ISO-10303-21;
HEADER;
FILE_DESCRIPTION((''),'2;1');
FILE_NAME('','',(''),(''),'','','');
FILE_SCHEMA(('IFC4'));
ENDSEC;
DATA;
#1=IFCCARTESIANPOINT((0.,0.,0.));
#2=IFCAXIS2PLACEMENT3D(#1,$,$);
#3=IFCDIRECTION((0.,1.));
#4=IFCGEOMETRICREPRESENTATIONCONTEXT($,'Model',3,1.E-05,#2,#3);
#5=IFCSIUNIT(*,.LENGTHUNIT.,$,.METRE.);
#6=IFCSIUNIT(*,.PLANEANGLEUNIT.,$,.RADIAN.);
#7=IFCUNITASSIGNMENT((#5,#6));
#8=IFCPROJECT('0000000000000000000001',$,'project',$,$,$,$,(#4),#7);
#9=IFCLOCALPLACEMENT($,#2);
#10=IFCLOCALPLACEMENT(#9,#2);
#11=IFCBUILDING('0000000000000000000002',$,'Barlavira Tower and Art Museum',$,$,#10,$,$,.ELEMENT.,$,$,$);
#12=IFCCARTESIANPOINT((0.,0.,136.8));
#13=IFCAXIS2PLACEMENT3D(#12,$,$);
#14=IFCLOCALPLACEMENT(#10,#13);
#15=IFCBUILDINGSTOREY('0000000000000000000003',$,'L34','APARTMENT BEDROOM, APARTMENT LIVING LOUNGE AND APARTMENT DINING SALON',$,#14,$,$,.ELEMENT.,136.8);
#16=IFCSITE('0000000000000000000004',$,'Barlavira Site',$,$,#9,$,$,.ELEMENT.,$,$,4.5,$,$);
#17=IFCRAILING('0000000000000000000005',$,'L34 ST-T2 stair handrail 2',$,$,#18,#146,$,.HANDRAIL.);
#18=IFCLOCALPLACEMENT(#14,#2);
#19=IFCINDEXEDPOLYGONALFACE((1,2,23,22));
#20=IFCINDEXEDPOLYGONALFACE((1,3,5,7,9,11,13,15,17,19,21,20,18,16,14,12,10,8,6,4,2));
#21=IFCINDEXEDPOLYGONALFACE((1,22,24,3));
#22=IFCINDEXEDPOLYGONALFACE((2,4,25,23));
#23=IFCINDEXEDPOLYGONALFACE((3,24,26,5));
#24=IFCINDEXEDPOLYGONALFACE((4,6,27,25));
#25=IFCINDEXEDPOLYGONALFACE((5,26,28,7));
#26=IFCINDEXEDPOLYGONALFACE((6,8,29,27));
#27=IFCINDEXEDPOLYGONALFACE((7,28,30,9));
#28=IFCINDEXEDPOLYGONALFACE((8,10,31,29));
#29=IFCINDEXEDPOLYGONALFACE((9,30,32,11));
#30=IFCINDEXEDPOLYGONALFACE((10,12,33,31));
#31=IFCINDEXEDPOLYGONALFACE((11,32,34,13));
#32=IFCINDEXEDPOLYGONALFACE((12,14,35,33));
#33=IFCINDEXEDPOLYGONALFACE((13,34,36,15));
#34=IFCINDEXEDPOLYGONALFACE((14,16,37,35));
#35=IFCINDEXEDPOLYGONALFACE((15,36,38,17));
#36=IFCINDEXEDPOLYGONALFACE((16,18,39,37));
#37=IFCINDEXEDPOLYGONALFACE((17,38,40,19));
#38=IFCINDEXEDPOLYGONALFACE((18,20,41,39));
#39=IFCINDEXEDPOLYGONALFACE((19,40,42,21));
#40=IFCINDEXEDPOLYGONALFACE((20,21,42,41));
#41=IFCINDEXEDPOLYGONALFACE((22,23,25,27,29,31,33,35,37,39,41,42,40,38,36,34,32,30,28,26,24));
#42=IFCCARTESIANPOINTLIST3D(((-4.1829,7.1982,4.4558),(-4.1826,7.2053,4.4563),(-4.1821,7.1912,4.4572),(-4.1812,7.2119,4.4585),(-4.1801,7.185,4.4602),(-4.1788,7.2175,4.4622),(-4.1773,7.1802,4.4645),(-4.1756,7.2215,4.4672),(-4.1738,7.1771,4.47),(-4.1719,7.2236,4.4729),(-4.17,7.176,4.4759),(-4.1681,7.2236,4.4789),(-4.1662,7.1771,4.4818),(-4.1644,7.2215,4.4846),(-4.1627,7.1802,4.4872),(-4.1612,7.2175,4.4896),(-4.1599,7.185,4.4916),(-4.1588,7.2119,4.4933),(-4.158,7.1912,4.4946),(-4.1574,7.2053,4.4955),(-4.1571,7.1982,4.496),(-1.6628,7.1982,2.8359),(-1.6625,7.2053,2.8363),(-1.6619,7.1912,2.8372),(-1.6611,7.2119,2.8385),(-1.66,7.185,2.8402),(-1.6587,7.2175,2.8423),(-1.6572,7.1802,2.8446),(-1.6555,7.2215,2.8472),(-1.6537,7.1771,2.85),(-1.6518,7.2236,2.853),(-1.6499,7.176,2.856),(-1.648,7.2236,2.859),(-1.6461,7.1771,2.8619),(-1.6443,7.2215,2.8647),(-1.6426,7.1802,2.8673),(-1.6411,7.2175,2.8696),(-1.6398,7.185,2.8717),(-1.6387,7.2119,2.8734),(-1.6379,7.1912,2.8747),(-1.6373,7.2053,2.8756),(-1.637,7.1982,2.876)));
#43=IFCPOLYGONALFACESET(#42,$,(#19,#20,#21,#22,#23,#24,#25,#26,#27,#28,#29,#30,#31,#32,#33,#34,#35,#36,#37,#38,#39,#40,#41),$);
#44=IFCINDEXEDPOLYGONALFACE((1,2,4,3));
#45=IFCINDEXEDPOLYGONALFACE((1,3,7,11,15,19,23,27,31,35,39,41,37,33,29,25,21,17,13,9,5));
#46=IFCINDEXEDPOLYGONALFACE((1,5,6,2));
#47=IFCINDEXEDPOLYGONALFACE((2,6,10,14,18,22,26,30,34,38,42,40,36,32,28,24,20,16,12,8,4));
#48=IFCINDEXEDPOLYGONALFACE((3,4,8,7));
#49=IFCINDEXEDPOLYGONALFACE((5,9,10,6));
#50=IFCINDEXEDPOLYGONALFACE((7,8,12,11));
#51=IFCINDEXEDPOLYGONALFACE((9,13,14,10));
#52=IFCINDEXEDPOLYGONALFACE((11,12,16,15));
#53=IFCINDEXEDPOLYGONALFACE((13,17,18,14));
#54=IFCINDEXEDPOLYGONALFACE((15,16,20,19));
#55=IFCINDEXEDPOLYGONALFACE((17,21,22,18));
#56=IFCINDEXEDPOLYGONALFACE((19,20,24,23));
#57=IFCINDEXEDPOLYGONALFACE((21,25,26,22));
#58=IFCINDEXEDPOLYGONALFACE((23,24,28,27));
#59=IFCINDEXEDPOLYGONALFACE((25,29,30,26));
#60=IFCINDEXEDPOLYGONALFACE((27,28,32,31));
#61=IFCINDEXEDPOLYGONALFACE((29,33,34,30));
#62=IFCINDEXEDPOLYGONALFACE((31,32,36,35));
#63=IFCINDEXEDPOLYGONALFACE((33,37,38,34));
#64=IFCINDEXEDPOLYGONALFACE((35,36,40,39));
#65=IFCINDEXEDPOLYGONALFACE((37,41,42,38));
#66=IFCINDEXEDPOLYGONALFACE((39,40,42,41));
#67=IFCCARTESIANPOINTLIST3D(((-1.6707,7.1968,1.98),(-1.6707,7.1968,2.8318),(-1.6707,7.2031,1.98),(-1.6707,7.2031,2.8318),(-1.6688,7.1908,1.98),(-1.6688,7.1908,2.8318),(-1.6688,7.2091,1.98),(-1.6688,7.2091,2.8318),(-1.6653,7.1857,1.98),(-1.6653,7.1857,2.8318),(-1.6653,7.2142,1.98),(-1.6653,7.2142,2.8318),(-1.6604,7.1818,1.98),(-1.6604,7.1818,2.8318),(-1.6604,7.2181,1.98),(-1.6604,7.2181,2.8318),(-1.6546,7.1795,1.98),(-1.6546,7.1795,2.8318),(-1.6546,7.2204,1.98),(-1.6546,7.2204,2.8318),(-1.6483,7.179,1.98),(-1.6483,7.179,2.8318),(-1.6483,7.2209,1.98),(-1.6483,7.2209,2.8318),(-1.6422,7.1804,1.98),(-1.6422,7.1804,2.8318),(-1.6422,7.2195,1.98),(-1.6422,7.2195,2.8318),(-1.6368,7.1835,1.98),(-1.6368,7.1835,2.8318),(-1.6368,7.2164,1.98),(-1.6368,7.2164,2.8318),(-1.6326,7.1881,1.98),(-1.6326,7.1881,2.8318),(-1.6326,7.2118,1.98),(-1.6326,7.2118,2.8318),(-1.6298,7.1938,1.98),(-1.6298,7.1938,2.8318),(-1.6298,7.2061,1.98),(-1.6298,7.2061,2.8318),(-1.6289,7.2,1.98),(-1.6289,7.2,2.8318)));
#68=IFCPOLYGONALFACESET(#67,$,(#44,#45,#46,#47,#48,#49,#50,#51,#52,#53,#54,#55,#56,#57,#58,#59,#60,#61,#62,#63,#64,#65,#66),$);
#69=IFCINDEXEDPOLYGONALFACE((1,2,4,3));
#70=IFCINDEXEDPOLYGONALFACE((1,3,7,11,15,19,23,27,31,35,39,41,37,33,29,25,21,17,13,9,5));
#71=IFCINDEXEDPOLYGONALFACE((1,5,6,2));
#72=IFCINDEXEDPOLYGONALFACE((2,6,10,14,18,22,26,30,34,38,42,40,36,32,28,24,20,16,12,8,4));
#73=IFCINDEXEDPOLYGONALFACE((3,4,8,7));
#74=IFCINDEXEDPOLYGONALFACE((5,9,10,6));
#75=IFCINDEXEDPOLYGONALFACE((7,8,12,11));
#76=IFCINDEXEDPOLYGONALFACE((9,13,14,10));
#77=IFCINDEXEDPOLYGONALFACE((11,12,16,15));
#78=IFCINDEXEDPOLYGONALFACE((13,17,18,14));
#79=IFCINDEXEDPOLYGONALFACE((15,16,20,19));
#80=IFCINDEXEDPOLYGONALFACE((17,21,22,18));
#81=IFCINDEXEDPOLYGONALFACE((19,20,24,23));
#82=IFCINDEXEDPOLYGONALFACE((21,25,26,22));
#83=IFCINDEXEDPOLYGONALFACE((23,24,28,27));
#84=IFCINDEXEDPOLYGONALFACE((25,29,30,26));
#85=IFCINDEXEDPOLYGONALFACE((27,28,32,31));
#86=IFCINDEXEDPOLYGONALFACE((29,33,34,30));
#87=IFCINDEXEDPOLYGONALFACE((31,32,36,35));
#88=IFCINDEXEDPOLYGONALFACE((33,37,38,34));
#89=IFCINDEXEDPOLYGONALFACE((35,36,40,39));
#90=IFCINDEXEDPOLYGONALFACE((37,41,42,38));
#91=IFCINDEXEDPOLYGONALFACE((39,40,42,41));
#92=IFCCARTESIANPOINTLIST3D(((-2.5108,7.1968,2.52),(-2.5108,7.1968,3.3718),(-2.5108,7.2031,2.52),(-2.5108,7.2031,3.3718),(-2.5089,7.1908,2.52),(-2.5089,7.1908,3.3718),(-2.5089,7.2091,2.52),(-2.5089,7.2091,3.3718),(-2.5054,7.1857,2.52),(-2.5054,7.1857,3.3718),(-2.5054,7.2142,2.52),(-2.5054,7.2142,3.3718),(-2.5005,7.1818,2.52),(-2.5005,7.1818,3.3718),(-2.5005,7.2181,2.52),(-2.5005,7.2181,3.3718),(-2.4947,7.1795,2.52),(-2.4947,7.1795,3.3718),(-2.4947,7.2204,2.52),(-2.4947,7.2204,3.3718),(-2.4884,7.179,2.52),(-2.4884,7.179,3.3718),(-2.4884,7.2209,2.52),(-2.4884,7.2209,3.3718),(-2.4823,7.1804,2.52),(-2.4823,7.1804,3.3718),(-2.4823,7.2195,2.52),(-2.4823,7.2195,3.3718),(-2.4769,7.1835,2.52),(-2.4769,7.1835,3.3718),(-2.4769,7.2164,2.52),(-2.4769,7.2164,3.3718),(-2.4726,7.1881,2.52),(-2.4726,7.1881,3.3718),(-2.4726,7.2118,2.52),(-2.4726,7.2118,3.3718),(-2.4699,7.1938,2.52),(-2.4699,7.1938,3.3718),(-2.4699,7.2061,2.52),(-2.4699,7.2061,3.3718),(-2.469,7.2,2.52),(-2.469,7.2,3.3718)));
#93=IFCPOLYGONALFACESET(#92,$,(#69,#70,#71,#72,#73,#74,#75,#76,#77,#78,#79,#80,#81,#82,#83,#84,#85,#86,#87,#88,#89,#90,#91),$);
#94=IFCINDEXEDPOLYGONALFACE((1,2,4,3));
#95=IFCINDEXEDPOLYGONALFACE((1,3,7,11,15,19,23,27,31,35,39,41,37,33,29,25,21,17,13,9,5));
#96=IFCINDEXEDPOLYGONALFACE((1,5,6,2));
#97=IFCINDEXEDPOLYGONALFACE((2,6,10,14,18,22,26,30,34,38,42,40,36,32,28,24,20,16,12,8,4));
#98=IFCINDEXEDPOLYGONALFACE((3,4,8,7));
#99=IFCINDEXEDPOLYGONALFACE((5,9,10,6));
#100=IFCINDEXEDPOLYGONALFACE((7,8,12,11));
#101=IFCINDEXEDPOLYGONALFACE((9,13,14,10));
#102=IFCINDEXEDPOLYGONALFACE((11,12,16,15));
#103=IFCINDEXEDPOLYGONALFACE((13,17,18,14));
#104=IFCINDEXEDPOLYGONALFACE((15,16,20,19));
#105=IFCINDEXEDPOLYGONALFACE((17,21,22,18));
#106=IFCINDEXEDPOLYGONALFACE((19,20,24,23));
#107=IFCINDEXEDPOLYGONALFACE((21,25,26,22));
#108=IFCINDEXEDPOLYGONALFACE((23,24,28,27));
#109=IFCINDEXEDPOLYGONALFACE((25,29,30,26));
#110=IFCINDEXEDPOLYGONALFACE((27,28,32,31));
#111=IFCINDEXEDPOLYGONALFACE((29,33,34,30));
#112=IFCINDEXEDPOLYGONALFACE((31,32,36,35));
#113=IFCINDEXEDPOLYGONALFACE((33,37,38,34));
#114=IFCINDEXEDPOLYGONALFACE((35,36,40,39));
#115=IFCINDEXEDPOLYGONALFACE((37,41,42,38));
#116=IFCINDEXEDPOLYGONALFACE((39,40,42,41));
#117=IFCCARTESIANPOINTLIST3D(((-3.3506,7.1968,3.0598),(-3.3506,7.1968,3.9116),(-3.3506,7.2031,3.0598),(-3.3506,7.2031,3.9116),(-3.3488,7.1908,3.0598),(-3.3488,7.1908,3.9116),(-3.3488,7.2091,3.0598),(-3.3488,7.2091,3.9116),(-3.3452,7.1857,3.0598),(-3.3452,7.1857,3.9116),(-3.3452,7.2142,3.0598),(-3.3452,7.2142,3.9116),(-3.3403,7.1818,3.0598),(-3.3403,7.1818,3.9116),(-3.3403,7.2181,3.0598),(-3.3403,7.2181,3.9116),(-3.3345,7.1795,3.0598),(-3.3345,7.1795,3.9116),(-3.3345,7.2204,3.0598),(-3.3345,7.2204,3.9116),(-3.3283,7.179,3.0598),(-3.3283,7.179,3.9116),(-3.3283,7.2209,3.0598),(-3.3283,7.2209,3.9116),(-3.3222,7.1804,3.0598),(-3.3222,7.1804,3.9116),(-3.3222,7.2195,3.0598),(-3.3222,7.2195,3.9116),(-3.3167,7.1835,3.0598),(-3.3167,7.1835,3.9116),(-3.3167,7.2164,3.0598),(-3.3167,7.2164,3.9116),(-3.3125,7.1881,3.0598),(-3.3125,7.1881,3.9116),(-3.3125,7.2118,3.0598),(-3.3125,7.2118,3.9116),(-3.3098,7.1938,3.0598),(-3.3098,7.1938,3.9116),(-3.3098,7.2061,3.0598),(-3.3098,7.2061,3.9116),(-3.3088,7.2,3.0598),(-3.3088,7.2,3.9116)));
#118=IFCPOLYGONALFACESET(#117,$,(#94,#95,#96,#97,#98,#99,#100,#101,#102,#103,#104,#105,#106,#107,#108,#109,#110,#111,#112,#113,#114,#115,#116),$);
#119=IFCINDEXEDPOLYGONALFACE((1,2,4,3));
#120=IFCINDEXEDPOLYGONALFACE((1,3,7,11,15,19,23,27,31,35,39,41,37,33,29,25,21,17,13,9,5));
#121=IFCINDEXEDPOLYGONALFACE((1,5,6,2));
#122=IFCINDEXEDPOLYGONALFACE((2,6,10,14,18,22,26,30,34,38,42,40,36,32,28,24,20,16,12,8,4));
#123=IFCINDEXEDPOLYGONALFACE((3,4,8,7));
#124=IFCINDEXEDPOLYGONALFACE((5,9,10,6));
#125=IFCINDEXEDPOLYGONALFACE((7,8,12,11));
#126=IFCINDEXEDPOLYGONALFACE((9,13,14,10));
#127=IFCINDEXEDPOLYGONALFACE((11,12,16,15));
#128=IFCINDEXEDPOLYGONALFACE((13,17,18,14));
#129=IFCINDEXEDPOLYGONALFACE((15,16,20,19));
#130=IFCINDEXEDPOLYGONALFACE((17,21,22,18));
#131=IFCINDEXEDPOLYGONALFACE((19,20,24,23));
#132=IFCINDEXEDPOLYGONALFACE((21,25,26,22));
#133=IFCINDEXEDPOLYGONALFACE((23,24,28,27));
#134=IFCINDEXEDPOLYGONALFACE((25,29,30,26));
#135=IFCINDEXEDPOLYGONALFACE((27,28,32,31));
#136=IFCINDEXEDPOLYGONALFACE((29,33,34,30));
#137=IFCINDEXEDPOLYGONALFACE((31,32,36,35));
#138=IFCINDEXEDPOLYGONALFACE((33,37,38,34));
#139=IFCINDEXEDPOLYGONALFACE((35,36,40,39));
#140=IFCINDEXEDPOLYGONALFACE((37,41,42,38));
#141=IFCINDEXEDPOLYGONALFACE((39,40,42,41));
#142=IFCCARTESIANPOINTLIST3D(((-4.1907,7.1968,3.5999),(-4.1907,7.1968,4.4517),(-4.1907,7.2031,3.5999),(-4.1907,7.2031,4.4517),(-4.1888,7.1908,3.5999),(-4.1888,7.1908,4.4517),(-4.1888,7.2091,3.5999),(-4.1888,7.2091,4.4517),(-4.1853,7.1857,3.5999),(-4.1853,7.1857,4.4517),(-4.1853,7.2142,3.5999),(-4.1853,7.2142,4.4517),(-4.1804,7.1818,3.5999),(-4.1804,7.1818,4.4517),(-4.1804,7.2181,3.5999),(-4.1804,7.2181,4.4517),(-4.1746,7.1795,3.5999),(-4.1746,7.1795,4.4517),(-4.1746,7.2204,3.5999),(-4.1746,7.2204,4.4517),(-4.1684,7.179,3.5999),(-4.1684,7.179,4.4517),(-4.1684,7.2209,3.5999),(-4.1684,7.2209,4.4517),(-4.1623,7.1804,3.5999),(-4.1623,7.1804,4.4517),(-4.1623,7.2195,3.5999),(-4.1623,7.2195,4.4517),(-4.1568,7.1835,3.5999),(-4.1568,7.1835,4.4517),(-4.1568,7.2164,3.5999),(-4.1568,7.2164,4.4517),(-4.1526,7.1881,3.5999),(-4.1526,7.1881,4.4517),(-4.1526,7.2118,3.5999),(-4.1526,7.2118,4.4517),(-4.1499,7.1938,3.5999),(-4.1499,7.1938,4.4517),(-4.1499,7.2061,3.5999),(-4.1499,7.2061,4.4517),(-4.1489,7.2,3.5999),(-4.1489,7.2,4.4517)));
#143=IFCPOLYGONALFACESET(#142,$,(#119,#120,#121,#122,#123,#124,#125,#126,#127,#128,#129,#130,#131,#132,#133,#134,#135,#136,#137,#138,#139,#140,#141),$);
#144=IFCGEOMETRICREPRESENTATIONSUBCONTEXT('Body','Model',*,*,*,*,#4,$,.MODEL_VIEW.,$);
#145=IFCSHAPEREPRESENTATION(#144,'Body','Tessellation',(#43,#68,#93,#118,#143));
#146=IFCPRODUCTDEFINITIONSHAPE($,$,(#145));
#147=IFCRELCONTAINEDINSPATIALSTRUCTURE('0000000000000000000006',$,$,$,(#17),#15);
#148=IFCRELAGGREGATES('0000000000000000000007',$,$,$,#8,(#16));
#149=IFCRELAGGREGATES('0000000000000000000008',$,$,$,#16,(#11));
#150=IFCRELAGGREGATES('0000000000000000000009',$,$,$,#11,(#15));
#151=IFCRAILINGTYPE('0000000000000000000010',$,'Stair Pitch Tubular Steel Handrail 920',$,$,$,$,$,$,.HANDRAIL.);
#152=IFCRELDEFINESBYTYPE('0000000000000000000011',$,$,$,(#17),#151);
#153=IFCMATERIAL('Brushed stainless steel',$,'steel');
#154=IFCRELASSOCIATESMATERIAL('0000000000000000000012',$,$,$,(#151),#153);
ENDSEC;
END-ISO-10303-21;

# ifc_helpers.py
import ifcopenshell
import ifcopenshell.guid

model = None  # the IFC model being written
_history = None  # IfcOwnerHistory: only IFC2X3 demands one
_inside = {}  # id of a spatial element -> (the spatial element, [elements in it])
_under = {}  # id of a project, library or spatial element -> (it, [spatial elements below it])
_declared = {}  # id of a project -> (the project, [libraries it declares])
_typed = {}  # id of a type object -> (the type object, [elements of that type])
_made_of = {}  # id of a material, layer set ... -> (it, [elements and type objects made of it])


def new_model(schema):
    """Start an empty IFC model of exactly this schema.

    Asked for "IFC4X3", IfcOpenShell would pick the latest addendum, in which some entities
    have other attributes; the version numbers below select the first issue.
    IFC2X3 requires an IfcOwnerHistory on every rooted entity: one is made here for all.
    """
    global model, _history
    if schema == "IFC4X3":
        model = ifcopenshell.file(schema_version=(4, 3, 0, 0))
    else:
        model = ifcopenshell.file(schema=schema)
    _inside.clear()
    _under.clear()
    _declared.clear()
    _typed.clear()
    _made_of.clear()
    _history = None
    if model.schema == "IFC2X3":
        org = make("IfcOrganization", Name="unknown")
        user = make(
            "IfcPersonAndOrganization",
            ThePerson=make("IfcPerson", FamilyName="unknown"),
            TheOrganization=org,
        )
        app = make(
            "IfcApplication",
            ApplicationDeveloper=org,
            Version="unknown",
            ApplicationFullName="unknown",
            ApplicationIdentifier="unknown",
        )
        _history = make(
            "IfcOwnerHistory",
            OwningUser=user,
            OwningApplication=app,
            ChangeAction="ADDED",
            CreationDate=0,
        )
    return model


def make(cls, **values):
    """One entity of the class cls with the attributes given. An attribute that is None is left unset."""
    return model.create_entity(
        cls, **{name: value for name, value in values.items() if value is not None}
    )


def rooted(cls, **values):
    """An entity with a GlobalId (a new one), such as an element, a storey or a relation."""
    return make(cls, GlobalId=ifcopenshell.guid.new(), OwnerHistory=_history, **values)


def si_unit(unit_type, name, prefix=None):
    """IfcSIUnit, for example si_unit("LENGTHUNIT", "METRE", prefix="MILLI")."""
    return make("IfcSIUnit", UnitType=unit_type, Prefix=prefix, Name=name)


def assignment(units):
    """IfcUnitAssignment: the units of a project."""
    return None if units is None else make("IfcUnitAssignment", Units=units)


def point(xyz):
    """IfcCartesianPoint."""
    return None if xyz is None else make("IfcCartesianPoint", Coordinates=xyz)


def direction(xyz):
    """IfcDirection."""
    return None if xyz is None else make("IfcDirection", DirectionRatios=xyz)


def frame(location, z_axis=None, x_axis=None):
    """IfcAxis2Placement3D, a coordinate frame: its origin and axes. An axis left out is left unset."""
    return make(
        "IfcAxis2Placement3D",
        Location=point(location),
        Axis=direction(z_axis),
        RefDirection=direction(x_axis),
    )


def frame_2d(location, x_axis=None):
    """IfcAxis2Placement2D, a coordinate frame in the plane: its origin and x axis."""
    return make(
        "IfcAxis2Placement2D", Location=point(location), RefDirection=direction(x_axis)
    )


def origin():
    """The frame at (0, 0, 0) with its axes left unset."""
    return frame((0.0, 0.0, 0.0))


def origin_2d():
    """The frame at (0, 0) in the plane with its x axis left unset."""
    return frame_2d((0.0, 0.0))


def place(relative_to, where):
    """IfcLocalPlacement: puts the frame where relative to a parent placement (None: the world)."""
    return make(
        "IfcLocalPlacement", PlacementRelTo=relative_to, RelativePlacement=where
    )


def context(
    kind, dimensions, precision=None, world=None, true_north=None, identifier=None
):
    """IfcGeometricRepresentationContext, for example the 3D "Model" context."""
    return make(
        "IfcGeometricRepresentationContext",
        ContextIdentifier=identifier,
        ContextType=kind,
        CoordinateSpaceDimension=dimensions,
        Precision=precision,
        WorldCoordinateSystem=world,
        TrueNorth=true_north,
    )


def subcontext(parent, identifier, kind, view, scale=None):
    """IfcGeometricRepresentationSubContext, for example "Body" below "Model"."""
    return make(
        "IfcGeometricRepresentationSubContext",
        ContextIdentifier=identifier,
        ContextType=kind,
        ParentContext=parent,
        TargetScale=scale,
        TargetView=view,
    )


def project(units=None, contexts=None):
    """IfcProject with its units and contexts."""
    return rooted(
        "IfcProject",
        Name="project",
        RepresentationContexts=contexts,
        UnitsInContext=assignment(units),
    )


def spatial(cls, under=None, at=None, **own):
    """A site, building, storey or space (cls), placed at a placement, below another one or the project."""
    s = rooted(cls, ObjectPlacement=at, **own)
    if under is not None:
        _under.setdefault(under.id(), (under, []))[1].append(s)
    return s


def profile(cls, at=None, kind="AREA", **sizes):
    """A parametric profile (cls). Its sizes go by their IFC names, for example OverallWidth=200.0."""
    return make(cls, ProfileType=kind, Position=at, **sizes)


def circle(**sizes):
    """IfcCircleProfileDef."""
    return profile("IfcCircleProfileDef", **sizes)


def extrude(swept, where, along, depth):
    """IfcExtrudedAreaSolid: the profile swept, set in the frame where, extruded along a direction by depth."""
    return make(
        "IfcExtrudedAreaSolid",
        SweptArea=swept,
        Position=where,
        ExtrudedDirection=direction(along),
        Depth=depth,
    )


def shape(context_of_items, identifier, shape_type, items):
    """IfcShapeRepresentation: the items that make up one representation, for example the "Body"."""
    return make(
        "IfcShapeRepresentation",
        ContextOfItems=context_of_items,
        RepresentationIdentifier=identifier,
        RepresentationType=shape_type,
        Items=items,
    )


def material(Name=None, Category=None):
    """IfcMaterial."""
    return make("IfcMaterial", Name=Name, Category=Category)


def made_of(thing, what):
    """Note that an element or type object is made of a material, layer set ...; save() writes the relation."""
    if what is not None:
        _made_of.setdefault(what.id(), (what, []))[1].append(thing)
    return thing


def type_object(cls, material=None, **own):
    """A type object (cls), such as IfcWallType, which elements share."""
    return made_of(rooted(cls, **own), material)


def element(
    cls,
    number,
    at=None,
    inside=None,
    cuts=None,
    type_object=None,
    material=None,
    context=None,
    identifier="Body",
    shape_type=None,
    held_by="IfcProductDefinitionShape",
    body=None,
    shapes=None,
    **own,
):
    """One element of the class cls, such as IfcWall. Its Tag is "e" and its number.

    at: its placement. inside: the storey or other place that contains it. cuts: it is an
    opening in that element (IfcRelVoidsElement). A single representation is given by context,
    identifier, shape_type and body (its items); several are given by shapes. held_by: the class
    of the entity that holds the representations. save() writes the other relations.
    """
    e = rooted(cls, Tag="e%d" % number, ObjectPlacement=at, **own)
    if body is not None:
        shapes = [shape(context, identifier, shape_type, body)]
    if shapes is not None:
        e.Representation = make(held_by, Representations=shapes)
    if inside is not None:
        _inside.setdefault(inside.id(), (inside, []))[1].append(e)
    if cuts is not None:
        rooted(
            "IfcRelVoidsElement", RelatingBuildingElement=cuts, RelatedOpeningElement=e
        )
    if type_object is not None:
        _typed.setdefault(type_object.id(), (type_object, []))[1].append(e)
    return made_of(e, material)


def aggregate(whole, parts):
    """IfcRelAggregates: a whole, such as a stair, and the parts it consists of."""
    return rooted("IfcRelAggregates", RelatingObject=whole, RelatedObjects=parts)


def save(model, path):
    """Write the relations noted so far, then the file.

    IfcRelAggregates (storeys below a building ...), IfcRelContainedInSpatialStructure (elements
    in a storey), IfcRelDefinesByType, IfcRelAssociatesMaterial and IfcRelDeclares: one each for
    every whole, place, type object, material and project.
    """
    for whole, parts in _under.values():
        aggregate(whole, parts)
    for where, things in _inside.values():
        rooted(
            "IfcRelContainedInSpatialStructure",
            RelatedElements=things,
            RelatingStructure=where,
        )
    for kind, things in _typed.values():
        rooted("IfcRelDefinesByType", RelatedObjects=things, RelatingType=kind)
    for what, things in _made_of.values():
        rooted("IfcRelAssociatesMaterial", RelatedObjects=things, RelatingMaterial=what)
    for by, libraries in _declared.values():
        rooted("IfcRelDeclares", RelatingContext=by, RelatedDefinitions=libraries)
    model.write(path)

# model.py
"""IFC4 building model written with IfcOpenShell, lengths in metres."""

from ifc_helpers import new_model, si_unit, direction, frame, origin, origin_2d, place, context, subcontext, project, spatial, circle, extrude, material, type_object, element, save


model = new_model("IFC4")

# Units and contexts
model_context = context("Model", 3, precision=1e-05, world=origin(), true_north=direction((0.0, 1.0)))
body_context = subcontext(model_context, "Body", "Model", "MODEL_VIEW")
ifc_project = project(units=[si_unit("LENGTHUNIT", "METRE"), si_unit("PLANEANGLEUNIT", "RADIAN")], contexts=[model_context])

# Site, building, storey
site_placement = place(None, origin())
site = spatial("IfcSite", under=ifc_project, at=site_placement, Name="Barlavira Site", CompositionType="ELEMENT", RefElevation=4.5)
building_placement = place(site_placement, origin())
building = spatial("IfcBuilding", under=site, at=building_placement, Name="Barlavira Tower and Art Museum", CompositionType="ELEMENT")
storey_placement = place(building_placement, frame((0.0, 0.0, 136.8)))
storey = spatial("IfcBuildingStorey", under=building, at=storey_placement, Name="L34", Description="APARTMENT BEDROOM, APARTMENT LIVING LOUNGE AND APARTMENT DINING SALON", CompositionType="ELEMENT", Elevation=136.8)

# Shared definitions
ifc_material_1 = material(Name="Brushed stainless steel", Category="steel")

# Railing
railing_type_1 = type_object("IfcRailingType", Name="Stair Pitch Tubular Steel Handrail 920", PredefinedType="HANDRAIL", material=ifc_material_1)
railing_1_placement = place(storey_placement, frame((-1.6499, 7.2, 1.98)))
element("IfcRailing", 1, at=railing_1_placement, inside=storey, type_object=railing_type_1, Name="L34 ST-T2 stair handrail 2", PredefinedType="HANDRAIL", context=body_context, shape_type="SweptSolid", body=[
    extrude(circle(Radius=0.0239, at=origin_2d()), frame((0.0, 0.0, 0.876), z_axis=(-0.8412, 0.0, 0.540725), x_axis=(0.0, -1.0, 0.0)), (0.0, 0.0, 1.0), 2.9958),
    extrude(circle(Radius=0.021, at=origin_2d()), origin(), (0.0, 0.0, 1.0), 0.8518),
    extrude(circle(Radius=0.021, at=origin_2d()), frame((-0.8401, 0.0, 0.54)), (0.0, 0.0, 1.0), 0.8518),
    extrude(circle(Radius=0.021, at=origin_2d()), frame((-1.6799, 0.0, 1.0798)), (0.0, 0.0, 1.0), 0.8518),
    extrude(circle(Radius=0.021, at=origin_2d()), frame((-2.52, 0.0, 1.6199)), (0.0, 0.0, 1.0), 0.8518),
])

save(model, "model.ifc")
